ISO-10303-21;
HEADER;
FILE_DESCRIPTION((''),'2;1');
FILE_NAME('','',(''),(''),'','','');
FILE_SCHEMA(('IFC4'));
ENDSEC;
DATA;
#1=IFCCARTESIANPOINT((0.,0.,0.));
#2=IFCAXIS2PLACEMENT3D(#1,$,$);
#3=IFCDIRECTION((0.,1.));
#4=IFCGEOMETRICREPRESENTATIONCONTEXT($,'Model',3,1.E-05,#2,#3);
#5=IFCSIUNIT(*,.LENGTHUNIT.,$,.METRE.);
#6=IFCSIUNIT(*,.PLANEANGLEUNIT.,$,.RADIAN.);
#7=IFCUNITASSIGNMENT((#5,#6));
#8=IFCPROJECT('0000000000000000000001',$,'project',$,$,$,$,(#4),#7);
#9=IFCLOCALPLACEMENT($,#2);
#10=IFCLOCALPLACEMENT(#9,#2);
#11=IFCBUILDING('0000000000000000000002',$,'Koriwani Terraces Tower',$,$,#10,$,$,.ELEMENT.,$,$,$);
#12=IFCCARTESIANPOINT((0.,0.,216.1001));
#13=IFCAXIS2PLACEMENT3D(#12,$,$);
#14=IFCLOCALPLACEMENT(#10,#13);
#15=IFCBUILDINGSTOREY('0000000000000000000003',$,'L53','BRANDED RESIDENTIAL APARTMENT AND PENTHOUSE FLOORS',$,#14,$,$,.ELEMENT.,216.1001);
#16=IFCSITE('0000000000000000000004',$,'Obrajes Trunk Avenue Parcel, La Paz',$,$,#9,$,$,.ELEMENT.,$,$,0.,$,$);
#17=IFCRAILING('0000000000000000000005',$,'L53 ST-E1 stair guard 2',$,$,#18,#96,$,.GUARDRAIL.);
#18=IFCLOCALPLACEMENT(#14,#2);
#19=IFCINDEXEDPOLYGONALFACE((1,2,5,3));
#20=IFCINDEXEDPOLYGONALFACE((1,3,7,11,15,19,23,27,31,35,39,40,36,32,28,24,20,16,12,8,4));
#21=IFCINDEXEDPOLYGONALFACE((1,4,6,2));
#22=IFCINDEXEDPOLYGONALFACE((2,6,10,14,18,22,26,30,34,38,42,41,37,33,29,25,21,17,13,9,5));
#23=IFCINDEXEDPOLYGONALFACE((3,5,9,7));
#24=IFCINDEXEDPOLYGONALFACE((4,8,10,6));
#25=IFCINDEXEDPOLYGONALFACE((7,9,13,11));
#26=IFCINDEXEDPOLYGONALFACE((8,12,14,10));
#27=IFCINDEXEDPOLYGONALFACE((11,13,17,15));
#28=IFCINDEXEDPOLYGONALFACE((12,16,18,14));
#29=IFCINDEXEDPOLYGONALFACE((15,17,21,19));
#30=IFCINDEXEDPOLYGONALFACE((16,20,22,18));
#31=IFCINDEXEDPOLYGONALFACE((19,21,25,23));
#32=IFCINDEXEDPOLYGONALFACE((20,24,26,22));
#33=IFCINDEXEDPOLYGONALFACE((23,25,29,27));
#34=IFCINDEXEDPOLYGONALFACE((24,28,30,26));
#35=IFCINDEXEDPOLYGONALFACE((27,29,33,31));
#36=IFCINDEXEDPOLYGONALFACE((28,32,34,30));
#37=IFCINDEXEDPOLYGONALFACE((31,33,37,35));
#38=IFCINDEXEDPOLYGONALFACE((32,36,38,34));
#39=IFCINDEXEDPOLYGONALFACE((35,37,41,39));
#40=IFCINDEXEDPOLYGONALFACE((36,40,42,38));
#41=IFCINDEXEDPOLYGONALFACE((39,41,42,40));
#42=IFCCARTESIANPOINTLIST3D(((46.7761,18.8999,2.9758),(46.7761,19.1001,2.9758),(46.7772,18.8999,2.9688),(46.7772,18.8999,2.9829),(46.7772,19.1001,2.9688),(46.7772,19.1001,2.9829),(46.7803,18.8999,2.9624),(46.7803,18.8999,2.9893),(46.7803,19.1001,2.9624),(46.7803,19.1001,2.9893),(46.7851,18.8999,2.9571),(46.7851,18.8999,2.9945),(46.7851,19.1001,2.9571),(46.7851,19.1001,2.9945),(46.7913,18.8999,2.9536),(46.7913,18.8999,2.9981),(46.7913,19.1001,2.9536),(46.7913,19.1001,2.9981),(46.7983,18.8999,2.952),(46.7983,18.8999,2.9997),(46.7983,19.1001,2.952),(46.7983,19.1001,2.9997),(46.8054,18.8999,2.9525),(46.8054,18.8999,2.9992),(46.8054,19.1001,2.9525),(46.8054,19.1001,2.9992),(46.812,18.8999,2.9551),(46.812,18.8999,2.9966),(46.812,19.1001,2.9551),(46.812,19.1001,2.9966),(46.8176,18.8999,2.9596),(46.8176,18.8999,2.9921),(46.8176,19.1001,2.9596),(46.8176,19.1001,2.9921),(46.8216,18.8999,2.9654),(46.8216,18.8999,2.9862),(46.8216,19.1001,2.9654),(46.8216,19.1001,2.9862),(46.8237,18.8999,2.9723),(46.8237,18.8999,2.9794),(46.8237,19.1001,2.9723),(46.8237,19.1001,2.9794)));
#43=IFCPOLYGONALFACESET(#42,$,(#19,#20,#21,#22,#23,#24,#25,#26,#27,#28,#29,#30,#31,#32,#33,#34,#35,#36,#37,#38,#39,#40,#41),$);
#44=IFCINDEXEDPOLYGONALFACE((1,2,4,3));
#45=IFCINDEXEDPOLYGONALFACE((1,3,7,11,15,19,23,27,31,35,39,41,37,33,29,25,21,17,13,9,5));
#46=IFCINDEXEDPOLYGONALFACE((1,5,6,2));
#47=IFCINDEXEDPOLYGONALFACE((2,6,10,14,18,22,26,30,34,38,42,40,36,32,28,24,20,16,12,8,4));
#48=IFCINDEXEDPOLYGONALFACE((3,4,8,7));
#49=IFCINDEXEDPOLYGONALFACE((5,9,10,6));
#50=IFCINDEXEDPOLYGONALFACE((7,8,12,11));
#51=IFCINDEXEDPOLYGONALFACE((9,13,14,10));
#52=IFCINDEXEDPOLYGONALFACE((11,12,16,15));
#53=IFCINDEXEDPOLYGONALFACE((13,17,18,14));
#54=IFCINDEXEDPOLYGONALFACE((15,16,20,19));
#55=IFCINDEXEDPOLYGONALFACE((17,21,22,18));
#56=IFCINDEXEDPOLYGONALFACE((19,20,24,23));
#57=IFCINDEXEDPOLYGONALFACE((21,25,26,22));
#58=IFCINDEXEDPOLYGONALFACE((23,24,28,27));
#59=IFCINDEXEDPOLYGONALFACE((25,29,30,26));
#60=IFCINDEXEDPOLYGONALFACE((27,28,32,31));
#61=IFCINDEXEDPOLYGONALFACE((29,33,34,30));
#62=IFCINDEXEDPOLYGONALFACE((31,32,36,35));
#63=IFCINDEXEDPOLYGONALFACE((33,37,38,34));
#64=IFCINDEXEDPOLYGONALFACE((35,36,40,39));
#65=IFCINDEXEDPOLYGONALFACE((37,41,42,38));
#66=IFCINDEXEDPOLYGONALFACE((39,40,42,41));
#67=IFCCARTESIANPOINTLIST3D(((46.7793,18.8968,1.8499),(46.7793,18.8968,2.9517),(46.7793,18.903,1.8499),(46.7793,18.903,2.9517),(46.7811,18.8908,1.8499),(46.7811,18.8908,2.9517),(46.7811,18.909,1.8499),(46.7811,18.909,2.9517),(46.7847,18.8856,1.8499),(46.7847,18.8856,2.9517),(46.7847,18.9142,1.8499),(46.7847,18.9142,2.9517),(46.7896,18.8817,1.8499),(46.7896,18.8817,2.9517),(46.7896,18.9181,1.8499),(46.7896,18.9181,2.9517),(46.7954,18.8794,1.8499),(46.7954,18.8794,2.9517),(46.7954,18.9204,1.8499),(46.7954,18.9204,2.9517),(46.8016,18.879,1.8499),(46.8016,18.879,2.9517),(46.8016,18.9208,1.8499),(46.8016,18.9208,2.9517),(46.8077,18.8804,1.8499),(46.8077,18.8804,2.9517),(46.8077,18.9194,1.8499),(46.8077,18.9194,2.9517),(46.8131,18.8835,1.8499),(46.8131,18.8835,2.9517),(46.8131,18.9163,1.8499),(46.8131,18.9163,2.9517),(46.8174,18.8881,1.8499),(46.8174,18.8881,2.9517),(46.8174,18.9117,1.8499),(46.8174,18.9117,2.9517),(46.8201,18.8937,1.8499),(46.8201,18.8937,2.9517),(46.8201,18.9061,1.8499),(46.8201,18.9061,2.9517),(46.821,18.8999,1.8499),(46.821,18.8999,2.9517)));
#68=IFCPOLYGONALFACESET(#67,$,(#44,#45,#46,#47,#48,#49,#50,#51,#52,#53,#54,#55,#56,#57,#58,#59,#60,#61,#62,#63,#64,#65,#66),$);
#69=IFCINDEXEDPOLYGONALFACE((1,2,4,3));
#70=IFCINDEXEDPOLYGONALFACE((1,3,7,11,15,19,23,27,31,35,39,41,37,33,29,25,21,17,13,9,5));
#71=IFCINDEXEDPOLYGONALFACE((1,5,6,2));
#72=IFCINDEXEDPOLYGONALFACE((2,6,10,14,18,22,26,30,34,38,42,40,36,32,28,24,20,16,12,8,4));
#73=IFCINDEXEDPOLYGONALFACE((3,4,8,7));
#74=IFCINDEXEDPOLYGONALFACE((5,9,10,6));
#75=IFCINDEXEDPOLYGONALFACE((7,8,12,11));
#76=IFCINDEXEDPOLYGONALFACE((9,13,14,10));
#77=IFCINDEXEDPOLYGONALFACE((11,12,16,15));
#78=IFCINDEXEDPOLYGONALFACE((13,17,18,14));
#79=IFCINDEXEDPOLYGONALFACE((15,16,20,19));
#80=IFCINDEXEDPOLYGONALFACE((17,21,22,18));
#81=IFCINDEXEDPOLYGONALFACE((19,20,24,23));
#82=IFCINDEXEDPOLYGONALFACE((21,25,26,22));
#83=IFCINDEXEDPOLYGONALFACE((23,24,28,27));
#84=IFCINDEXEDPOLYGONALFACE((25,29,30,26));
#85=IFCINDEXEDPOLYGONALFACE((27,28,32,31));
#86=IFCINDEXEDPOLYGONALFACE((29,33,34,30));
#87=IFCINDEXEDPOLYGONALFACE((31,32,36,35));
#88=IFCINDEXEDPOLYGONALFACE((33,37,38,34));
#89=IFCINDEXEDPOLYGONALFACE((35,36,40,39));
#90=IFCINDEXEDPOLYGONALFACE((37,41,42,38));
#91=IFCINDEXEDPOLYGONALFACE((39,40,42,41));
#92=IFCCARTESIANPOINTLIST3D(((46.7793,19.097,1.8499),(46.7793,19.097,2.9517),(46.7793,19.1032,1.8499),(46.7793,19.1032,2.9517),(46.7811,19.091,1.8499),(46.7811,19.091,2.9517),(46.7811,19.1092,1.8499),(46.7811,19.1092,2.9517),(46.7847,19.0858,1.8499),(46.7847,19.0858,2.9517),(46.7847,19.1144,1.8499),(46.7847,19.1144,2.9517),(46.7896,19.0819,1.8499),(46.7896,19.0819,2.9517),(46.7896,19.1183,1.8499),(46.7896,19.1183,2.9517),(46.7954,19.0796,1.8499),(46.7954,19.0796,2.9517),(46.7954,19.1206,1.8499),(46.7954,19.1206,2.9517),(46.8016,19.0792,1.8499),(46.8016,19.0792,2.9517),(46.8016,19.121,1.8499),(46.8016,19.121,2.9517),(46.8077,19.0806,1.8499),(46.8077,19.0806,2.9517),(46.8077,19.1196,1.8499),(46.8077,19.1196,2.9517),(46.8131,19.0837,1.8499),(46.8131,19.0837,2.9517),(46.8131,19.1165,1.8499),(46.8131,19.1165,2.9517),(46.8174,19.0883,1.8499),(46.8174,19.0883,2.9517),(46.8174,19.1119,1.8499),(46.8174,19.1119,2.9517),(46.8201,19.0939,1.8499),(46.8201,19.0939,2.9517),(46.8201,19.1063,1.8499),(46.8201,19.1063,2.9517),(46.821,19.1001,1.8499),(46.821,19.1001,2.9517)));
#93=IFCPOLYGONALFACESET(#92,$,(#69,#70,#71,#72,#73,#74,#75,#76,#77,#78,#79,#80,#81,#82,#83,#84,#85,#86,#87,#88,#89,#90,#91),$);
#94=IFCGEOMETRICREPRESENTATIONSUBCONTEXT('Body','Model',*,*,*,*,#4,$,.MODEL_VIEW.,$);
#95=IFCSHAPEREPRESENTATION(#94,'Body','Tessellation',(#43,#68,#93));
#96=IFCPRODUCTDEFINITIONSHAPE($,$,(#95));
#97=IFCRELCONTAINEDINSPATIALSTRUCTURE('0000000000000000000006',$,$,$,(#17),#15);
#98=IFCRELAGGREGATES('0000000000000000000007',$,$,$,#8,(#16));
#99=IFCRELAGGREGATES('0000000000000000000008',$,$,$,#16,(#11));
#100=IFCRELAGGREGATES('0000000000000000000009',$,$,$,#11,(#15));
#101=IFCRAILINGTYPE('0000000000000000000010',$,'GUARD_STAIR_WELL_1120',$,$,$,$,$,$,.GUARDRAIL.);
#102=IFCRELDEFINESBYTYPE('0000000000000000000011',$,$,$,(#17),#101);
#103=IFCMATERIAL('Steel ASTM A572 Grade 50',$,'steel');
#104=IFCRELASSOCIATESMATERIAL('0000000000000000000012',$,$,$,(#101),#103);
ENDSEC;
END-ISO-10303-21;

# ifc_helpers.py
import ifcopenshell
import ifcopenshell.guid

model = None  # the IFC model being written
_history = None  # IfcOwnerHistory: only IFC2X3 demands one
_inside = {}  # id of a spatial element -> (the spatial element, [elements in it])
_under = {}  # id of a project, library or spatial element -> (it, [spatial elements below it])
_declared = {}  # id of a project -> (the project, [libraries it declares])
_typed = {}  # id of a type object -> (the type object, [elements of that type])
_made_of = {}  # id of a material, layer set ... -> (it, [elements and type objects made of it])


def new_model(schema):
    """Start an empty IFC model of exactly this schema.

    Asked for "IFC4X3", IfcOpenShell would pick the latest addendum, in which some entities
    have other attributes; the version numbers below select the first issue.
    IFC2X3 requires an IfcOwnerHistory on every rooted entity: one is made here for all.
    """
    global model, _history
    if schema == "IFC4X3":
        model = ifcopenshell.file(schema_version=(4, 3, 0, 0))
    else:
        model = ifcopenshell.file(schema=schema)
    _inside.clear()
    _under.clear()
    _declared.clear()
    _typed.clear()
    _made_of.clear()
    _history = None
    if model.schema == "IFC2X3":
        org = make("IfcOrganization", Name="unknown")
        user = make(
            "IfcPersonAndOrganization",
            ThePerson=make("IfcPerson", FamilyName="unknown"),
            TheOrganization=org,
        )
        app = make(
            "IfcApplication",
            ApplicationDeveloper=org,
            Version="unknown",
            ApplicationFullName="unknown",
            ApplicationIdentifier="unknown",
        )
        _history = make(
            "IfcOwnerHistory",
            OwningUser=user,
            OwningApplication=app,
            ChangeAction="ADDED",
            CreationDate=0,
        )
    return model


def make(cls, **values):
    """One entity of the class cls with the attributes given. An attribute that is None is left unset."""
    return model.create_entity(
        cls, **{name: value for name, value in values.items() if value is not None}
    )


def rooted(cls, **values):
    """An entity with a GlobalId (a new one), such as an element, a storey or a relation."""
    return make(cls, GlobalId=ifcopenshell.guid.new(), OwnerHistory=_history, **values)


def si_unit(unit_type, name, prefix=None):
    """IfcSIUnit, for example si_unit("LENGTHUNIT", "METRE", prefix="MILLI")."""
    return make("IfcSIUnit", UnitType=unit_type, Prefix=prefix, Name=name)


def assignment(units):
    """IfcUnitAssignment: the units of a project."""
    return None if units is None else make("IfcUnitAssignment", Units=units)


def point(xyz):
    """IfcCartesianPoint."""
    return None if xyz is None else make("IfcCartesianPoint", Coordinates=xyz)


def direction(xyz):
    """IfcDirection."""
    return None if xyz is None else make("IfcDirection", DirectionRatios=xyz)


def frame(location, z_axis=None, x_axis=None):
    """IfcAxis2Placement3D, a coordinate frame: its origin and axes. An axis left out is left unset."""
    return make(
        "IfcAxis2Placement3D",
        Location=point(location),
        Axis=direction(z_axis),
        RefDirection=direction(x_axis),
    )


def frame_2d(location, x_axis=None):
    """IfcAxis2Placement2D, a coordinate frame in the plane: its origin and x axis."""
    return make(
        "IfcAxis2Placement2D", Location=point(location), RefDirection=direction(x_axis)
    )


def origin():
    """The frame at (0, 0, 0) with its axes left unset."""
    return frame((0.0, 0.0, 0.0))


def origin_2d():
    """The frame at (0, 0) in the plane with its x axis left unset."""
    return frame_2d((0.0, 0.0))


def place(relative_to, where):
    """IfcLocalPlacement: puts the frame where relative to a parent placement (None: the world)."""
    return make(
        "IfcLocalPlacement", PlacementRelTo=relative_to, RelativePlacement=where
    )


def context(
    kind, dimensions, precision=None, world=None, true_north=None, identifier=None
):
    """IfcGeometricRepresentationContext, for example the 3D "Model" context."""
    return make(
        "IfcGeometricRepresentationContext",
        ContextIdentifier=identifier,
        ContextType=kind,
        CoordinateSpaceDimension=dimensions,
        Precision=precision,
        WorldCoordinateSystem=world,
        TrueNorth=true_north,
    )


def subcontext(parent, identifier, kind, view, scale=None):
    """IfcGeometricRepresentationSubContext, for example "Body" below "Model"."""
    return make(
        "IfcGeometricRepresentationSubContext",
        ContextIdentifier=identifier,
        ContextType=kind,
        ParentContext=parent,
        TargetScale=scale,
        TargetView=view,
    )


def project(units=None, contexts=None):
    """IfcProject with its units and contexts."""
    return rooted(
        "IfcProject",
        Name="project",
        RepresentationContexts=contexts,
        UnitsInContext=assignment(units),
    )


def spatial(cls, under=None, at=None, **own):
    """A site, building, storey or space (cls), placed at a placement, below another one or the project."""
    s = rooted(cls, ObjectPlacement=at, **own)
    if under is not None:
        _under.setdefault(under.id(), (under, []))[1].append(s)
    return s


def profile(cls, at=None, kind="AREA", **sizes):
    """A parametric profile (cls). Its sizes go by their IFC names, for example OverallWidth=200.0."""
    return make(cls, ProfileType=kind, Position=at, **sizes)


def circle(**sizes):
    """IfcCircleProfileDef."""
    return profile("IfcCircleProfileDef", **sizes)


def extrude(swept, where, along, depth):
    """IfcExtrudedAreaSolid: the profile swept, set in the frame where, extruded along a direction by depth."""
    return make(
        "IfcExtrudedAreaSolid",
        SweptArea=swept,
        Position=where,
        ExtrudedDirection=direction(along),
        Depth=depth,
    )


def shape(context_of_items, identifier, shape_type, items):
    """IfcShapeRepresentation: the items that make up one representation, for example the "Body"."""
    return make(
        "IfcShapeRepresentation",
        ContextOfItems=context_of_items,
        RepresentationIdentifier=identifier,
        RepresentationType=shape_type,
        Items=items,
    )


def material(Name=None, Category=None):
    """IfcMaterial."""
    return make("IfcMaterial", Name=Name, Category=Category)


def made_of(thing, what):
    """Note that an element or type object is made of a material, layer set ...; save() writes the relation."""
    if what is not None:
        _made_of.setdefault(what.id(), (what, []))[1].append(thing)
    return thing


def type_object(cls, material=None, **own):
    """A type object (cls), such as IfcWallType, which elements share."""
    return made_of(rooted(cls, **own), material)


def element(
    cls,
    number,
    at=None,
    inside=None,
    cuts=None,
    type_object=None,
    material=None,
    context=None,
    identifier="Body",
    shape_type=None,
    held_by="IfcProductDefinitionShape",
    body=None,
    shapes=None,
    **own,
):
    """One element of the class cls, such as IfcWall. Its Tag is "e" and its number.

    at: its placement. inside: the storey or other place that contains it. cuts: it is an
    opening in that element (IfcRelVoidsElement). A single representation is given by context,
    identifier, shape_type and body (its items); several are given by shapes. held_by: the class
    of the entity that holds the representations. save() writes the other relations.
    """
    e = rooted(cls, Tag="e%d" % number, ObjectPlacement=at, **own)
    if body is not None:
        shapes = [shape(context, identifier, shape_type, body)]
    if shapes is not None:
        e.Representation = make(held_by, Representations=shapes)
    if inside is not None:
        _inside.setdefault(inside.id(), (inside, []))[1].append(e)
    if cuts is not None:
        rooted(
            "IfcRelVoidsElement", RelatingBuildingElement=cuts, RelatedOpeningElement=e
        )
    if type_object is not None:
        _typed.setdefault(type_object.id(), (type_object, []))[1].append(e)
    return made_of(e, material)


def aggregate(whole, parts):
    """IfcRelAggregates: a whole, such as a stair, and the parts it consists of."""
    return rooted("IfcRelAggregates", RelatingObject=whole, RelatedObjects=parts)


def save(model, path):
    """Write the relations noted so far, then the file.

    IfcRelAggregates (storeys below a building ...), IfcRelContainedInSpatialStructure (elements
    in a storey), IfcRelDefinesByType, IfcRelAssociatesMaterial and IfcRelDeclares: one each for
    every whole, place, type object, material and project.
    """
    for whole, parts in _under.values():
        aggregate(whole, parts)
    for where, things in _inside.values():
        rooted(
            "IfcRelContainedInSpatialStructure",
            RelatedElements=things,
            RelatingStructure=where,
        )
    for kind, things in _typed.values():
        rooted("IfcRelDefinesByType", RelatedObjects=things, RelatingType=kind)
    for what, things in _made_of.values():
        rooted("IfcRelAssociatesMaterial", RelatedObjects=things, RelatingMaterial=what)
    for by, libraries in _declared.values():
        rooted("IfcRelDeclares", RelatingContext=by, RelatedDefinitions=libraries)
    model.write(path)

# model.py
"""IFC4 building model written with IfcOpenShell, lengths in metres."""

from ifc_helpers import new_model, si_unit, direction, frame, origin, origin_2d, place, context, subcontext, project, spatial, circle, extrude, material, type_object, element, save


model = new_model("IFC4")

# Units and contexts
model_context = context("Model", 3, precision=1e-05, world=origin(), true_north=direction((0.0, 1.0)))
body_context = subcontext(model_context, "Body", "Model", "MODEL_VIEW")
ifc_project = project(units=[si_unit("LENGTHUNIT", "METRE"), si_unit("PLANEANGLEUNIT", "RADIAN")], contexts=[model_context])

# Site, building, storey
site_placement = place(None, origin())
site = spatial("IfcSite", under=ifc_project, at=site_placement, Name="Obrajes Trunk Avenue Parcel, La Paz", CompositionType="ELEMENT", RefElevation=0.0)
building_placement = place(site_placement, origin())
building = spatial("IfcBuilding", under=site, at=building_placement, Name="Koriwani Terraces Tower", CompositionType="ELEMENT")
storey_placement = place(building_placement, frame((0.0, 0.0, 216.1001)))
storey = spatial("IfcBuildingStorey", under=building, at=storey_placement, Name="L53", Description="BRANDED RESIDENTIAL APARTMENT AND PENTHOUSE FLOORS", CompositionType="ELEMENT", Elevation=216.1001)

# Shared definitions
ifc_material_1 = material(Name="Steel ASTM A572 Grade 50", Category="steel")

# Railing
railing_type_1 = type_object("IfcRailingType", Name="GUARD_STAIR_WELL_1120", PredefinedType="GUARDRAIL", material=ifc_material_1)
railing_1_placement = place(storey_placement, frame((46.8, 18.8999, 1.8499)))
element("IfcRailing", 1, at=railing_1_placement, inside=storey, type_object=railing_type_1, Name="L53 ST-E1 stair guard 2", PredefinedType="GUARDRAIL", context=body_context, shape_type="SweptSolid", body=[
    extrude(circle(Radius=0.0239, at=origin_2d()), frame((0.0, 0.0, 1.126), z_axis=(0.0, 1.0, 0.0), x_axis=(-1.0, 0.0, 0.0)), (0.0, 0.0, 1.0), 0.2002),
    extrude(circle(Radius=0.021, at=origin_2d()), origin(), (0.0, 0.0, 1.0), 1.1018),
    extrude(circle(Radius=0.021, at=origin_2d()), frame((0.0, 0.2002, 0.0)), (0.0, 0.0, 1.0), 1.1018),
])

save(model, "model.ifc")
